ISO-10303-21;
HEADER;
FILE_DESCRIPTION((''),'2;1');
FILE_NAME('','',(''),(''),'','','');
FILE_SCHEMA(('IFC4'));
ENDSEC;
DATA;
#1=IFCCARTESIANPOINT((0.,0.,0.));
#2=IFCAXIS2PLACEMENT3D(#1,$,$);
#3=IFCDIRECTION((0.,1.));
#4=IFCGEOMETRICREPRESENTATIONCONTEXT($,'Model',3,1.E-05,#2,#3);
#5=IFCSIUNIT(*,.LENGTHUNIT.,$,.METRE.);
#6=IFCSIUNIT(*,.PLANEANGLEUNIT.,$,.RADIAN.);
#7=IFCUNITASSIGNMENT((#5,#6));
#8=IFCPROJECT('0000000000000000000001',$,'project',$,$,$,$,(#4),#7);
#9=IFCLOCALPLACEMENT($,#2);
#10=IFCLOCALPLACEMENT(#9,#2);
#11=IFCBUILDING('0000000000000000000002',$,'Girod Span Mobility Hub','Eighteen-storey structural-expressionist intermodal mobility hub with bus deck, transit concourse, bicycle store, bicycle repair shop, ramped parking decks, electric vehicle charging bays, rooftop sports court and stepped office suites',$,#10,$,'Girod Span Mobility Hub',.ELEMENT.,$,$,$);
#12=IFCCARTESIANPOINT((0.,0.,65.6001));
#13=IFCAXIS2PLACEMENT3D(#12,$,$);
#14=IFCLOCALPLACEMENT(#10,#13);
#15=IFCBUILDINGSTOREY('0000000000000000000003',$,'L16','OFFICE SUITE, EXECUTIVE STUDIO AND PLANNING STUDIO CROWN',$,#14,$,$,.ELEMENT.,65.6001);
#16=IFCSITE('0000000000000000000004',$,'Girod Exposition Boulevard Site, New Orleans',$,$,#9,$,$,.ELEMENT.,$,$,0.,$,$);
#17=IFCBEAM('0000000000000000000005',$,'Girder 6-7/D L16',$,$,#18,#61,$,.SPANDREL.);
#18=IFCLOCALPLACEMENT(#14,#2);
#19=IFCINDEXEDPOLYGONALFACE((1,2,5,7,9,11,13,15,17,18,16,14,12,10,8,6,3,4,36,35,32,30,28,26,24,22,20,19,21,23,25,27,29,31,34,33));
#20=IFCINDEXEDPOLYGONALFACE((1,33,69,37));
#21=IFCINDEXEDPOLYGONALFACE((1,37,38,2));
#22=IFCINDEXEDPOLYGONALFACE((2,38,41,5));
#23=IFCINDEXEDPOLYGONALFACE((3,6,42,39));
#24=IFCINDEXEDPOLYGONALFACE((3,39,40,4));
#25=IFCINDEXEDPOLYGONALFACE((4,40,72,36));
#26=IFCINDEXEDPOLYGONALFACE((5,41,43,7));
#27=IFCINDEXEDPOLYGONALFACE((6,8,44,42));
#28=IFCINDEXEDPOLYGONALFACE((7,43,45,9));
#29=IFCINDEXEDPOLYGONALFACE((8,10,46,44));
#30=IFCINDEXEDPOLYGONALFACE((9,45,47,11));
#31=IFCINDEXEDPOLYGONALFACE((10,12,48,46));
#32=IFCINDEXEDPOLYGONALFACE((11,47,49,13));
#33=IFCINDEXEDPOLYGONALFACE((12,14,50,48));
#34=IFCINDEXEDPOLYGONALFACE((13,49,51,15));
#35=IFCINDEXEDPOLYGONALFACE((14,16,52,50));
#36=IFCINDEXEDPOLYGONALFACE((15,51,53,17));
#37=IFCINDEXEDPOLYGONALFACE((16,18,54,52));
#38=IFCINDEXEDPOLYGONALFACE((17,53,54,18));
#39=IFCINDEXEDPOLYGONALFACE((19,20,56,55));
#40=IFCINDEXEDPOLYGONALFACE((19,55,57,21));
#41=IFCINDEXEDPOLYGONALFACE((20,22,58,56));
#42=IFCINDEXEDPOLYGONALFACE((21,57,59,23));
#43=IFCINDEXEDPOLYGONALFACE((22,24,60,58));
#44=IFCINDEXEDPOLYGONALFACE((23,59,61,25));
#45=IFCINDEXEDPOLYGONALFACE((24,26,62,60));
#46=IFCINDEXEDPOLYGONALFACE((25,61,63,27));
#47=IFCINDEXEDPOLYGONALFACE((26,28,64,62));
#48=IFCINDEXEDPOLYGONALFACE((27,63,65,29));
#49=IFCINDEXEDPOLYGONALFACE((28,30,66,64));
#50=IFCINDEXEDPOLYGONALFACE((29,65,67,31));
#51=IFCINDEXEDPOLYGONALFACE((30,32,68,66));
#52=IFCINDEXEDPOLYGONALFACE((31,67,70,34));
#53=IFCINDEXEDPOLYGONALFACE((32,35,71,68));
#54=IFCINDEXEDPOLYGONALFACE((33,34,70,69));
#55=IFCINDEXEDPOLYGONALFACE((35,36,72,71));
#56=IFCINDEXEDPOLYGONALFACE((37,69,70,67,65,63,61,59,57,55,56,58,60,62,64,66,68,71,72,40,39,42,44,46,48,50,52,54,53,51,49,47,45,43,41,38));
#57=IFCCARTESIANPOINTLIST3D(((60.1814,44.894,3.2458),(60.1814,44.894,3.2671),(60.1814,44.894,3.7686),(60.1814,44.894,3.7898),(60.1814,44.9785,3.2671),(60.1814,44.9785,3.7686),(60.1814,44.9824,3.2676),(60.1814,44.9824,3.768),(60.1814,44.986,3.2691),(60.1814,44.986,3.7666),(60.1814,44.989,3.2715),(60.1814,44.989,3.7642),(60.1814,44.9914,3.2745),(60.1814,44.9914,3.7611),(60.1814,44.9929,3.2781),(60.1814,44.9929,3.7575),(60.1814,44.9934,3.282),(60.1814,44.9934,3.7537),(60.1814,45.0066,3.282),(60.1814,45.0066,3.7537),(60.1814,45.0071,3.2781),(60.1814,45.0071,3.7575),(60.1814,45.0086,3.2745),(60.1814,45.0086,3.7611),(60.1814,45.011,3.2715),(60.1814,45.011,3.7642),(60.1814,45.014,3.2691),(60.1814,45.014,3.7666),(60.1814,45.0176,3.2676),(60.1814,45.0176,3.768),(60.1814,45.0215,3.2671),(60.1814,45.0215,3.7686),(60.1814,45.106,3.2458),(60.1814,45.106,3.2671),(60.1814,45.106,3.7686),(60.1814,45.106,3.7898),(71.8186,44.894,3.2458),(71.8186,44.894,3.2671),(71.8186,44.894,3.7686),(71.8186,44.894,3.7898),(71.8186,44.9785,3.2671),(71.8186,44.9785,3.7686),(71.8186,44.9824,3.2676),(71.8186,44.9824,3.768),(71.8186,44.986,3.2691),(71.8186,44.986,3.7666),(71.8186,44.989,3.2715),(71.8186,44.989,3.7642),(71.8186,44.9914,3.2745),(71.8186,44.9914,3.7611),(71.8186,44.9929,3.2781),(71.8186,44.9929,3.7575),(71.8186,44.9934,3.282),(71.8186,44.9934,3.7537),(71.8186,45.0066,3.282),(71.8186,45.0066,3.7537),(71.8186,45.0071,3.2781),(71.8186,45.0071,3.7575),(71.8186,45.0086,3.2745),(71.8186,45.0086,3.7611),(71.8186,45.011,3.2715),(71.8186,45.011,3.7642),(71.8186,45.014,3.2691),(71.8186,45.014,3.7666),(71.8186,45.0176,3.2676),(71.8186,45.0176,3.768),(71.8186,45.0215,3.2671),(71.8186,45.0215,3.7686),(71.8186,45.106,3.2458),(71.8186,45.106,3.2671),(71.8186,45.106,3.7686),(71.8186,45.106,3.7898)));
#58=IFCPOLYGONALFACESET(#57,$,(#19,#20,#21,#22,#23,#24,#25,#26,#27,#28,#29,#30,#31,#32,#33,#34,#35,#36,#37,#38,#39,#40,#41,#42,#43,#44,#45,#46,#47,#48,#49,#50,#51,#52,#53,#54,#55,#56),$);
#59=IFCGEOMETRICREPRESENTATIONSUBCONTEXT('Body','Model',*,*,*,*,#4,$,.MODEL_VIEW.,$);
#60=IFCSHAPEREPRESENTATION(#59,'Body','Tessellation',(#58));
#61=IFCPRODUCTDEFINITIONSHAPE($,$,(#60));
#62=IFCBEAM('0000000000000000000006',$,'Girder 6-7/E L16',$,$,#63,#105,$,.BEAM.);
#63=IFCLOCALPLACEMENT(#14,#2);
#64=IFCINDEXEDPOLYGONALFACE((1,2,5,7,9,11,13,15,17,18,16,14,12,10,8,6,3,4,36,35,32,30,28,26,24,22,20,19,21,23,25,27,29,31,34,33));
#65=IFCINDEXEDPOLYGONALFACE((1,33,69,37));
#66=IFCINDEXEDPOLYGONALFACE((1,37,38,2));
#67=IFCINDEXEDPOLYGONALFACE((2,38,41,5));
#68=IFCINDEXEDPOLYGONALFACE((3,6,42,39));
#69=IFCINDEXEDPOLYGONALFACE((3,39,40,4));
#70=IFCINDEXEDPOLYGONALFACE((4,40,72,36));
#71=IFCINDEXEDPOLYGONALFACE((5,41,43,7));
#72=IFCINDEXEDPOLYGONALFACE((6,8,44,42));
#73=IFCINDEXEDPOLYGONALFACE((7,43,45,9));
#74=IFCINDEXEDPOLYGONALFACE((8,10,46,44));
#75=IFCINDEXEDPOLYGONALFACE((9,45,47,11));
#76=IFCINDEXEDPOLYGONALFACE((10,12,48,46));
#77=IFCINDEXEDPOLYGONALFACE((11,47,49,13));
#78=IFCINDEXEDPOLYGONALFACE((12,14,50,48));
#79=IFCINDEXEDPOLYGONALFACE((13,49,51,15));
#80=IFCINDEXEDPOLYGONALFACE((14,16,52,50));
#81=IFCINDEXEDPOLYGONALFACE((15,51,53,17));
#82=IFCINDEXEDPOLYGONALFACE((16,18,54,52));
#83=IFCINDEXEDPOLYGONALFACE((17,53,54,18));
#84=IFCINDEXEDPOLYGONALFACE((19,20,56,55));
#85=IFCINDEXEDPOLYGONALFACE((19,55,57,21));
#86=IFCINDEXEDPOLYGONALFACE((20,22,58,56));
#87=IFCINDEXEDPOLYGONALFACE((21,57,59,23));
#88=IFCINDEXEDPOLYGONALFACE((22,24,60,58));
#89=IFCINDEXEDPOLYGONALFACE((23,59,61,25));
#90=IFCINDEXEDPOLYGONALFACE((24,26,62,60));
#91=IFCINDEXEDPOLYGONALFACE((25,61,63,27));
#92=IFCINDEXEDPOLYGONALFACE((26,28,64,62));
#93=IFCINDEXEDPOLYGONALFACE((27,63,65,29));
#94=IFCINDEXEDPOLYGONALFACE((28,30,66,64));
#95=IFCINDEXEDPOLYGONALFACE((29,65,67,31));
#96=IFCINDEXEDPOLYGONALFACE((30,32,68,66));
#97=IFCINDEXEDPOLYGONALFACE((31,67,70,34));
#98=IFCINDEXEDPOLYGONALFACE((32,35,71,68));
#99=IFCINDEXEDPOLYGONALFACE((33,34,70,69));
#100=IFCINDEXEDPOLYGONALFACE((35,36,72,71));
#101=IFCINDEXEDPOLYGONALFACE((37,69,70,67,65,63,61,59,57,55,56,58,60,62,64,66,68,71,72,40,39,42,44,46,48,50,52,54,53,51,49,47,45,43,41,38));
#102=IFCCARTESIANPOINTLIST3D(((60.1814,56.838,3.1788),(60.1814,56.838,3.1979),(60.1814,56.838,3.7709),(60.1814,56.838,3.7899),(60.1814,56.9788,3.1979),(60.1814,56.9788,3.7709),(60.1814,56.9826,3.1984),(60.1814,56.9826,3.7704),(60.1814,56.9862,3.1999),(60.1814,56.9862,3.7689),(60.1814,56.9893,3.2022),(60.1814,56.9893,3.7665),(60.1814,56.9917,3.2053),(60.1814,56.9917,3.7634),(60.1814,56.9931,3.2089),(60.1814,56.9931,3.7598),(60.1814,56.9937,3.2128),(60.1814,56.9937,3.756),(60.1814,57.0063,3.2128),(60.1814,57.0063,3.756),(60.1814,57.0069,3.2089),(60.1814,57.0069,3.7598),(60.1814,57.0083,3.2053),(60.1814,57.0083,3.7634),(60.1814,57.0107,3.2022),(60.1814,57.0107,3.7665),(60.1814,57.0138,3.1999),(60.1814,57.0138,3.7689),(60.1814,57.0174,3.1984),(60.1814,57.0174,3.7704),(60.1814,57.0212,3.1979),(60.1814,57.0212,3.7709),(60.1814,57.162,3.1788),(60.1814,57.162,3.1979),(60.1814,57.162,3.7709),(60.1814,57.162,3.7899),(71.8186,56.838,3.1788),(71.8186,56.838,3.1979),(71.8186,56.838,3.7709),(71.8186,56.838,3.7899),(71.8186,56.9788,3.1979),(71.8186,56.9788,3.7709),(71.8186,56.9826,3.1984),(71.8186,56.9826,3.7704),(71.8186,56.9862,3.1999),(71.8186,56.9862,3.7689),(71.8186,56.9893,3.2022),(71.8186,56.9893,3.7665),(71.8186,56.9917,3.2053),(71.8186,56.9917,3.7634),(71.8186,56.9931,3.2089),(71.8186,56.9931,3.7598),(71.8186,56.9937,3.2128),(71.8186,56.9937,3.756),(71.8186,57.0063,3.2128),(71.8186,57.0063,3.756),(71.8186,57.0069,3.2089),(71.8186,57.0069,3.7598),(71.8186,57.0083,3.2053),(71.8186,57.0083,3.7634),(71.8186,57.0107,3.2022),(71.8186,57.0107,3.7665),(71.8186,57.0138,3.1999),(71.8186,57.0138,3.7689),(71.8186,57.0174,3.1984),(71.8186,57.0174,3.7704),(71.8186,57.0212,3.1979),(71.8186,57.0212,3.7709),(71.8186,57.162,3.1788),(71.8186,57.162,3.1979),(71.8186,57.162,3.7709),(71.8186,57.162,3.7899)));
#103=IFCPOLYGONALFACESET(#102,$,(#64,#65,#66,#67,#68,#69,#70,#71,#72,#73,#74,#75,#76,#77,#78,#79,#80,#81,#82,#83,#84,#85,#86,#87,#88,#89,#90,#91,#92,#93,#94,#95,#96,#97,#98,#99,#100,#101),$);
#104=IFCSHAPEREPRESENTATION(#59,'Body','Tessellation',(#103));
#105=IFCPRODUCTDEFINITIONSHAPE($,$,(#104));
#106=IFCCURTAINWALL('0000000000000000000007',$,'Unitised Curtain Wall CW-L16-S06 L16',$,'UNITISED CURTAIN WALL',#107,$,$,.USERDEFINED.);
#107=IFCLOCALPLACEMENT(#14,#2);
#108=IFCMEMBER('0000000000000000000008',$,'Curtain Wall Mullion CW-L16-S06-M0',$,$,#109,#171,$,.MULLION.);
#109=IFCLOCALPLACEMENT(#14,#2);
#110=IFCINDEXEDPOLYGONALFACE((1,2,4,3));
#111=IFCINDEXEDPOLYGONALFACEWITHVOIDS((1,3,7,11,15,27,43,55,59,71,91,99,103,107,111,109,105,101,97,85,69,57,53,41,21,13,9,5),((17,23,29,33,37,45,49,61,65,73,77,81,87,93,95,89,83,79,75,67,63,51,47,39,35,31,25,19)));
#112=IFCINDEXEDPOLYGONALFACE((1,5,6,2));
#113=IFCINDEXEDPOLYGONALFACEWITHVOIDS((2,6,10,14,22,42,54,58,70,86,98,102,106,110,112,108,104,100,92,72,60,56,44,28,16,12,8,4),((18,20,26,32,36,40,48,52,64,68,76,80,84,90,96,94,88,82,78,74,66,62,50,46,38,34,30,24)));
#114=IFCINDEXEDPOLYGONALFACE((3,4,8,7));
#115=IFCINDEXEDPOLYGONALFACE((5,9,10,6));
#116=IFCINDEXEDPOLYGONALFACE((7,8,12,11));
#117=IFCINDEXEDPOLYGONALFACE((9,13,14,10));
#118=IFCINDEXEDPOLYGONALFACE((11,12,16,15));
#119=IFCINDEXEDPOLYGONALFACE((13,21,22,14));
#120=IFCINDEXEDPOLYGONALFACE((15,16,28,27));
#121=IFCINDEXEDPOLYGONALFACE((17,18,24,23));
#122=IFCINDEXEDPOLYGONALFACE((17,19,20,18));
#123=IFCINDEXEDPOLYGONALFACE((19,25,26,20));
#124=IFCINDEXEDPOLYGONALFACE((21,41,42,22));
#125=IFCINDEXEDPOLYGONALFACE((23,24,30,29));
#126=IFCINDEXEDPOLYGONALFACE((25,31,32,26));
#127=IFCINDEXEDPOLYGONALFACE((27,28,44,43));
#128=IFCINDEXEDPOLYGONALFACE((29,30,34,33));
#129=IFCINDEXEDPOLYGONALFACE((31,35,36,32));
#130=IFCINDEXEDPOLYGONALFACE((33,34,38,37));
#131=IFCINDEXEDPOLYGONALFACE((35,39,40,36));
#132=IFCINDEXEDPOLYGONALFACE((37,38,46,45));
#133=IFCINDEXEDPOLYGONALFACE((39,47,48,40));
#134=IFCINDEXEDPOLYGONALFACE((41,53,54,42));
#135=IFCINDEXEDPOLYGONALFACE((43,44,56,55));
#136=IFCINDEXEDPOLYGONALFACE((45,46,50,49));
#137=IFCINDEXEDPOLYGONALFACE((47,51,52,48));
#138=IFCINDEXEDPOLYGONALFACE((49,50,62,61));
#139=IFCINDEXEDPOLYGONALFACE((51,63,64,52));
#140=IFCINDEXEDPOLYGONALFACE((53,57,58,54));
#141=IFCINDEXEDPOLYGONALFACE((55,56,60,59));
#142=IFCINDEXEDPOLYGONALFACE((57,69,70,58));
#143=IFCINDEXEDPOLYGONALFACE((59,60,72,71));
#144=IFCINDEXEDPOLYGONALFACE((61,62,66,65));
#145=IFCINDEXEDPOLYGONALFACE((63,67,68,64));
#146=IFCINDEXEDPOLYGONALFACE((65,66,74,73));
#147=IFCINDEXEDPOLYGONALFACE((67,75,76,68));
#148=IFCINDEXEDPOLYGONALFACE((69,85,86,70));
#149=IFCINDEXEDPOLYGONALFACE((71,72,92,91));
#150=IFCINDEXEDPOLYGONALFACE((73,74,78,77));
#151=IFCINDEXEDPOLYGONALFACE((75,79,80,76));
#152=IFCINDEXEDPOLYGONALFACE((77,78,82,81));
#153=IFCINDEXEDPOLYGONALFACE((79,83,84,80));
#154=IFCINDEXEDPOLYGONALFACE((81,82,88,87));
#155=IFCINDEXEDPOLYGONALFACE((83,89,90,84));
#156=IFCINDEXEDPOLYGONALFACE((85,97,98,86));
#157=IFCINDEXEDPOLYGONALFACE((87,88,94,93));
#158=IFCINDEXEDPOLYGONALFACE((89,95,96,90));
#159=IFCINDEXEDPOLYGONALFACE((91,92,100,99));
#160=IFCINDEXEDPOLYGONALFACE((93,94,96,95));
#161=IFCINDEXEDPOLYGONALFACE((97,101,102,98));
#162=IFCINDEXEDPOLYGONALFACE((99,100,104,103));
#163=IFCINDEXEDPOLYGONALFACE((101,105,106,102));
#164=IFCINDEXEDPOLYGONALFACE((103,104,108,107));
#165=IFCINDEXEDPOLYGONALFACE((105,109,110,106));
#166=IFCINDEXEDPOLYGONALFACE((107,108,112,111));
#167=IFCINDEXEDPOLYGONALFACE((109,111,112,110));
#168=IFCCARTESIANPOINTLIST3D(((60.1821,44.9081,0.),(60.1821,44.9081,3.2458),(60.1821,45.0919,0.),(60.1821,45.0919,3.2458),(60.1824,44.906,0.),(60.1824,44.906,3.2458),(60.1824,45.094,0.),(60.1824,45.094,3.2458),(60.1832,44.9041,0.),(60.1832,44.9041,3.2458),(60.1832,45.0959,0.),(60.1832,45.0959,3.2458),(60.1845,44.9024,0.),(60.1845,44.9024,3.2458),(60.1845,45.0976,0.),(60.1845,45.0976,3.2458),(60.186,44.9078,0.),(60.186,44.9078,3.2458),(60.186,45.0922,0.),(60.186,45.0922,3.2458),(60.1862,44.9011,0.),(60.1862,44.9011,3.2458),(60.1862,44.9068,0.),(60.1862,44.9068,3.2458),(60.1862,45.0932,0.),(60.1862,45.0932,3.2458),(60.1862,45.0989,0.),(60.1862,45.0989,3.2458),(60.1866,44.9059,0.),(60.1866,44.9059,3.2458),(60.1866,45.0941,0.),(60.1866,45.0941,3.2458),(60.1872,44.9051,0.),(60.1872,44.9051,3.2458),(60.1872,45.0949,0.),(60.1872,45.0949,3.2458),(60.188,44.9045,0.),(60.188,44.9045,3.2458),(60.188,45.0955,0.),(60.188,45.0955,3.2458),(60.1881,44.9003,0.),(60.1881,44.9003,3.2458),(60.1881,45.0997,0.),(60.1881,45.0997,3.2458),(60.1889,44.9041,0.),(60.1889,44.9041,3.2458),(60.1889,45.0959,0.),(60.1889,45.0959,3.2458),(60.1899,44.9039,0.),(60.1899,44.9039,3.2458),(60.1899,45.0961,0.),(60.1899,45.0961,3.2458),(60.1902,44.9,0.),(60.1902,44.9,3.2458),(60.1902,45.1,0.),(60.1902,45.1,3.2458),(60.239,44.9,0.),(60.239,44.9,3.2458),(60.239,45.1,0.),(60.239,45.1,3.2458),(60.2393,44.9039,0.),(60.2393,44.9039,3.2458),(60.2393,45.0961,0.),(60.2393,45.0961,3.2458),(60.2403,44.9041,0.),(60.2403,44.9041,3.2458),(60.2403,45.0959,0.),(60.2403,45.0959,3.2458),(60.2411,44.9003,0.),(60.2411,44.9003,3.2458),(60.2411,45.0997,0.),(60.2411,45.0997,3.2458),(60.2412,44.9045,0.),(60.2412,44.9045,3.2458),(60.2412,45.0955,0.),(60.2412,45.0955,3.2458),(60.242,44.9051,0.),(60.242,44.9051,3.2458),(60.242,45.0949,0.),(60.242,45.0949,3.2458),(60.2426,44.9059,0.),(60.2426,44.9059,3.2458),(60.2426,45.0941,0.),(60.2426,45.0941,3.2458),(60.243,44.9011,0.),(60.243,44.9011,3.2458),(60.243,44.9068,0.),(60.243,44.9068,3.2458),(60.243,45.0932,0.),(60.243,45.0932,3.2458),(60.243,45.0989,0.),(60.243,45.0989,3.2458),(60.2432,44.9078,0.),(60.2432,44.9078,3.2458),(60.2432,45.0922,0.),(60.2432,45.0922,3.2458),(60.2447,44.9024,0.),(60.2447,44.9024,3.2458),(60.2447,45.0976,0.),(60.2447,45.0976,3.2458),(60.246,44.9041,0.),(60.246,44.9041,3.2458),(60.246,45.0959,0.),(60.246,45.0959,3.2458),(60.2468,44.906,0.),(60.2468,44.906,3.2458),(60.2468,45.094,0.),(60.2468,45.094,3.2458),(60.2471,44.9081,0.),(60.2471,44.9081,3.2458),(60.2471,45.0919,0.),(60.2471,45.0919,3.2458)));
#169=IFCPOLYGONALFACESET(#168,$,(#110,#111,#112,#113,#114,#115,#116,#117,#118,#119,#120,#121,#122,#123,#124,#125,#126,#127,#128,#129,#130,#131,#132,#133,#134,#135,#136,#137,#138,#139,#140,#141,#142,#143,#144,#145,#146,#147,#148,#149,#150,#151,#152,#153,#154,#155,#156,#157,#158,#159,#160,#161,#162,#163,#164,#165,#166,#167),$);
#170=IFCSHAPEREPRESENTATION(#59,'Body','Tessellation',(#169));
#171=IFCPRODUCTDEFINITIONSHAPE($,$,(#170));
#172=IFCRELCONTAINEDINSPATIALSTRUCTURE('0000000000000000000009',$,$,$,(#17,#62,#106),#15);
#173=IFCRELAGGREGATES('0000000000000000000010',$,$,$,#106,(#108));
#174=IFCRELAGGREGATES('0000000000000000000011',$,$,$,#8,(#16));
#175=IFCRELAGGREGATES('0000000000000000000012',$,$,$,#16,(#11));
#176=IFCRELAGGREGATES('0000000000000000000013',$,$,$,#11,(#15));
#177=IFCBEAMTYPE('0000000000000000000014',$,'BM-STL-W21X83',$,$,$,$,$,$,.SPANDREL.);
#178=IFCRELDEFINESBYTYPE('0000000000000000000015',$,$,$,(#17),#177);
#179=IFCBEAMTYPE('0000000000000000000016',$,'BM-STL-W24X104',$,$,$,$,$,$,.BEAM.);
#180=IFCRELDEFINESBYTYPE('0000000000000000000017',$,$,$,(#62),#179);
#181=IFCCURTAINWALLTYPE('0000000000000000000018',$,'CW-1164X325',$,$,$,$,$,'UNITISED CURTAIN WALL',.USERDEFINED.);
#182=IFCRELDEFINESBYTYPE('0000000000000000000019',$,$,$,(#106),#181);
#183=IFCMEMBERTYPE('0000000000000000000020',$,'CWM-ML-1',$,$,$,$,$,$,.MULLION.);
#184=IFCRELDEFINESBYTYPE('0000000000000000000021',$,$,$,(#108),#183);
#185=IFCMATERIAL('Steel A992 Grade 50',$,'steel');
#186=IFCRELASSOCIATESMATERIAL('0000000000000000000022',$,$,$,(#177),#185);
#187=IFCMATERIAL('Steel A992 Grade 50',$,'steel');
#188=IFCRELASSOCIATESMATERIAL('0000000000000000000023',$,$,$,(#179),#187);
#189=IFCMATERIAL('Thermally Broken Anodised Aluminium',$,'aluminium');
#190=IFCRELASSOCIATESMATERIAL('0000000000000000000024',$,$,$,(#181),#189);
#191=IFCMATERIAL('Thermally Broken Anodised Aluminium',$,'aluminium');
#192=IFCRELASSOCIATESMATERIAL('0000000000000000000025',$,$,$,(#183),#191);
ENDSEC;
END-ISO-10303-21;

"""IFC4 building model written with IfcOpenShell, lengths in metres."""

from ifc_helpers import new_model, si_unit, direction, frame, origin, origin_2d, place, context, subcontext, project, spatial, hollow_rectangle, i_section, extrude, material, material_profile, profile_set, type_object, element, aggregate, save


model = new_model("IFC4")

# Units and contexts
model_context = context("Model", 3, precision=1e-05, world=origin(), true_north=direction((0.0, 1.0)))
body_context = subcontext(model_context, "Body", "Model", "MODEL_VIEW")
ifc_project = project(units=[si_unit("LENGTHUNIT", "METRE"), si_unit("PLANEANGLEUNIT", "RADIAN")], contexts=[model_context])

# Site, building, storey
site_placement = place(None, origin())
site = spatial("IfcSite", under=ifc_project, at=site_placement, Name="Girod Exposition Boulevard Site, New Orleans", CompositionType="ELEMENT", RefElevation=0.0)
building_placement = place(site_placement, origin())
building = spatial("IfcBuilding", under=site, at=building_placement, Name="Girod Span Mobility Hub", Description="Eighteen-storey structural-expressionist intermodal mobility hub with bus deck, transit concourse, bicycle store, bicycle repair shop, ramped parking decks, electric vehicle charging bays, rooftop sports court and stepped office suites", LongName="Girod Span Mobility Hub", CompositionType="ELEMENT")
storey_placement = place(building_placement, frame((0.0, 0.0, 65.6001)))
storey = spatial("IfcBuildingStorey", under=building, at=storey_placement, Name="L16", Description="OFFICE SUITE, EXECUTIVE STUDIO AND PLANNING STUDIO CROWN", CompositionType="ELEMENT", Elevation=65.6001)

# Beams
ifc_material_1 = material(Name="Steel A992 Grade 50", Category="steel")
ifc_material_profile_1 = material_profile(ifc_material_1, i_section(OverallWidth=0.2119, OverallDepth=0.5439, WebThickness=0.0132, FlangeThickness=0.0212, FilletRadius=0.0149, at=origin_2d()), Name="W21X83")
ifc_profile_set_1 = profile_set([ifc_material_profile_1], Name="Steel A992 Grade 50")
beam_type_1 = type_object("IfcBeamType", Name="BM-STL-W21X83", PredefinedType="SPANDREL", material=ifc_profile_set_1)
beam_1_placement = place(storey_placement, frame((60.1814, 45.0, 3.5178), z_axis=(1.0, 0.0, 0.0), x_axis=(0.0, 1.0, 0.0)))
element("IfcBeam", 1, at=beam_1_placement, inside=storey, type_object=beam_type_1, Name="Girder 6-7/D L16", PredefinedType="SPANDREL", context=body_context, shape_type="SweptSolid", body=[
    extrude(i_section(OverallWidth=0.2119, OverallDepth=0.5439, WebThickness=0.0132, FlangeThickness=0.0212, FilletRadius=0.0149, at=origin_2d()), origin(), (0.0, 0.0, 1.0), 11.6372),
])
ifc_material_2 = material(Name="Steel A992 Grade 50", Category="steel")
ifc_material_profile_2 = material_profile(ifc_material_2, i_section(OverallWidth=0.324, OverallDepth=0.6111, WebThickness=0.0127, FlangeThickness=0.019, FilletRadius=0.0149, at=origin_2d()), Name="W24X104")
ifc_profile_set_2 = profile_set([ifc_material_profile_2], Name="Steel A992 Grade 50")
beam_type_2 = type_object("IfcBeamType", Name="BM-STL-W24X104", PredefinedType="BEAM", material=ifc_profile_set_2)
beam_2_placement = place(storey_placement, frame((60.1814, 57.0, 3.4844), z_axis=(1.0, 0.0, 0.0), x_axis=(0.0, 1.0, 0.0)))
element("IfcBeam", 2, at=beam_2_placement, inside=storey, type_object=beam_type_2, Name="Girder 6-7/E L16", PredefinedType="BEAM", context=body_context, shape_type="SweptSolid", body=[
    extrude(i_section(OverallWidth=0.324, OverallDepth=0.6111, WebThickness=0.0127, FlangeThickness=0.019, FilletRadius=0.0149, at=origin_2d()), origin(), (0.0, 0.0, 1.0), 11.6372),
])

# Curtain wall, member
ifc_material_3 = material(Name="Thermally Broken Anodised Aluminium", Category="aluminium")
curtain_wall_type = type_object("IfcCurtainWallType", Name="CW-1164X325", ElementType="UNITISED CURTAIN WALL", PredefinedType="USERDEFINED", material=ifc_material_3)
curtain_wall_placement = place(storey_placement, origin())
curtain_wall = element("IfcCurtainWall", 3, at=curtain_wall_placement, inside=storey, type_object=curtain_wall_type, Name="Unitised Curtain Wall CW-L16-S06 L16", ObjectType="UNITISED CURTAIN WALL", PredefinedType="USERDEFINED")
ifc_material_4 = material(Name="Thermally Broken Anodised Aluminium", Category="aluminium")
ifc_material_profile_3 = material_profile(ifc_material_4, hollow_rectangle(XDim=0.2, YDim=0.0649, WallThickness=0.0039, InnerFilletRadius=0.0039, OuterFilletRadius=0.0081, at=origin_2d()), Name="CW-ML-65X200")
ifc_profile_set_3 = profile_set([ifc_material_profile_3], Name="Thermally Broken Anodised Aluminium")
member_type_1 = type_object("IfcMemberType", Name="CWM-ML-1", PredefinedType="MULLION", material=ifc_profile_set_3)
member_1_placement = place(storey_placement, frame((60.2146, 45.0, 0.0), z_axis=(0.0, 0.0, 1.0), x_axis=(0.0, 1.0, 0.0)))
member_1 = element("IfcMember", 4, at=member_1_placement, type_object=member_type_1, Name="Curtain Wall Mullion CW-L16-S06-M0", PredefinedType="MULLION", context=body_context, shape_type="SweptSolid", body=[
    extrude(hollow_rectangle(XDim=0.2, YDim=0.0649, WallThickness=0.0039, InnerFilletRadius=0.0039, OuterFilletRadius=0.0081, at=origin_2d()), origin(), (0.0, 0.0, 1.0), 3.2458),
])

aggregate(curtain_wall, [member_1])

save(model, "model.ifc")
